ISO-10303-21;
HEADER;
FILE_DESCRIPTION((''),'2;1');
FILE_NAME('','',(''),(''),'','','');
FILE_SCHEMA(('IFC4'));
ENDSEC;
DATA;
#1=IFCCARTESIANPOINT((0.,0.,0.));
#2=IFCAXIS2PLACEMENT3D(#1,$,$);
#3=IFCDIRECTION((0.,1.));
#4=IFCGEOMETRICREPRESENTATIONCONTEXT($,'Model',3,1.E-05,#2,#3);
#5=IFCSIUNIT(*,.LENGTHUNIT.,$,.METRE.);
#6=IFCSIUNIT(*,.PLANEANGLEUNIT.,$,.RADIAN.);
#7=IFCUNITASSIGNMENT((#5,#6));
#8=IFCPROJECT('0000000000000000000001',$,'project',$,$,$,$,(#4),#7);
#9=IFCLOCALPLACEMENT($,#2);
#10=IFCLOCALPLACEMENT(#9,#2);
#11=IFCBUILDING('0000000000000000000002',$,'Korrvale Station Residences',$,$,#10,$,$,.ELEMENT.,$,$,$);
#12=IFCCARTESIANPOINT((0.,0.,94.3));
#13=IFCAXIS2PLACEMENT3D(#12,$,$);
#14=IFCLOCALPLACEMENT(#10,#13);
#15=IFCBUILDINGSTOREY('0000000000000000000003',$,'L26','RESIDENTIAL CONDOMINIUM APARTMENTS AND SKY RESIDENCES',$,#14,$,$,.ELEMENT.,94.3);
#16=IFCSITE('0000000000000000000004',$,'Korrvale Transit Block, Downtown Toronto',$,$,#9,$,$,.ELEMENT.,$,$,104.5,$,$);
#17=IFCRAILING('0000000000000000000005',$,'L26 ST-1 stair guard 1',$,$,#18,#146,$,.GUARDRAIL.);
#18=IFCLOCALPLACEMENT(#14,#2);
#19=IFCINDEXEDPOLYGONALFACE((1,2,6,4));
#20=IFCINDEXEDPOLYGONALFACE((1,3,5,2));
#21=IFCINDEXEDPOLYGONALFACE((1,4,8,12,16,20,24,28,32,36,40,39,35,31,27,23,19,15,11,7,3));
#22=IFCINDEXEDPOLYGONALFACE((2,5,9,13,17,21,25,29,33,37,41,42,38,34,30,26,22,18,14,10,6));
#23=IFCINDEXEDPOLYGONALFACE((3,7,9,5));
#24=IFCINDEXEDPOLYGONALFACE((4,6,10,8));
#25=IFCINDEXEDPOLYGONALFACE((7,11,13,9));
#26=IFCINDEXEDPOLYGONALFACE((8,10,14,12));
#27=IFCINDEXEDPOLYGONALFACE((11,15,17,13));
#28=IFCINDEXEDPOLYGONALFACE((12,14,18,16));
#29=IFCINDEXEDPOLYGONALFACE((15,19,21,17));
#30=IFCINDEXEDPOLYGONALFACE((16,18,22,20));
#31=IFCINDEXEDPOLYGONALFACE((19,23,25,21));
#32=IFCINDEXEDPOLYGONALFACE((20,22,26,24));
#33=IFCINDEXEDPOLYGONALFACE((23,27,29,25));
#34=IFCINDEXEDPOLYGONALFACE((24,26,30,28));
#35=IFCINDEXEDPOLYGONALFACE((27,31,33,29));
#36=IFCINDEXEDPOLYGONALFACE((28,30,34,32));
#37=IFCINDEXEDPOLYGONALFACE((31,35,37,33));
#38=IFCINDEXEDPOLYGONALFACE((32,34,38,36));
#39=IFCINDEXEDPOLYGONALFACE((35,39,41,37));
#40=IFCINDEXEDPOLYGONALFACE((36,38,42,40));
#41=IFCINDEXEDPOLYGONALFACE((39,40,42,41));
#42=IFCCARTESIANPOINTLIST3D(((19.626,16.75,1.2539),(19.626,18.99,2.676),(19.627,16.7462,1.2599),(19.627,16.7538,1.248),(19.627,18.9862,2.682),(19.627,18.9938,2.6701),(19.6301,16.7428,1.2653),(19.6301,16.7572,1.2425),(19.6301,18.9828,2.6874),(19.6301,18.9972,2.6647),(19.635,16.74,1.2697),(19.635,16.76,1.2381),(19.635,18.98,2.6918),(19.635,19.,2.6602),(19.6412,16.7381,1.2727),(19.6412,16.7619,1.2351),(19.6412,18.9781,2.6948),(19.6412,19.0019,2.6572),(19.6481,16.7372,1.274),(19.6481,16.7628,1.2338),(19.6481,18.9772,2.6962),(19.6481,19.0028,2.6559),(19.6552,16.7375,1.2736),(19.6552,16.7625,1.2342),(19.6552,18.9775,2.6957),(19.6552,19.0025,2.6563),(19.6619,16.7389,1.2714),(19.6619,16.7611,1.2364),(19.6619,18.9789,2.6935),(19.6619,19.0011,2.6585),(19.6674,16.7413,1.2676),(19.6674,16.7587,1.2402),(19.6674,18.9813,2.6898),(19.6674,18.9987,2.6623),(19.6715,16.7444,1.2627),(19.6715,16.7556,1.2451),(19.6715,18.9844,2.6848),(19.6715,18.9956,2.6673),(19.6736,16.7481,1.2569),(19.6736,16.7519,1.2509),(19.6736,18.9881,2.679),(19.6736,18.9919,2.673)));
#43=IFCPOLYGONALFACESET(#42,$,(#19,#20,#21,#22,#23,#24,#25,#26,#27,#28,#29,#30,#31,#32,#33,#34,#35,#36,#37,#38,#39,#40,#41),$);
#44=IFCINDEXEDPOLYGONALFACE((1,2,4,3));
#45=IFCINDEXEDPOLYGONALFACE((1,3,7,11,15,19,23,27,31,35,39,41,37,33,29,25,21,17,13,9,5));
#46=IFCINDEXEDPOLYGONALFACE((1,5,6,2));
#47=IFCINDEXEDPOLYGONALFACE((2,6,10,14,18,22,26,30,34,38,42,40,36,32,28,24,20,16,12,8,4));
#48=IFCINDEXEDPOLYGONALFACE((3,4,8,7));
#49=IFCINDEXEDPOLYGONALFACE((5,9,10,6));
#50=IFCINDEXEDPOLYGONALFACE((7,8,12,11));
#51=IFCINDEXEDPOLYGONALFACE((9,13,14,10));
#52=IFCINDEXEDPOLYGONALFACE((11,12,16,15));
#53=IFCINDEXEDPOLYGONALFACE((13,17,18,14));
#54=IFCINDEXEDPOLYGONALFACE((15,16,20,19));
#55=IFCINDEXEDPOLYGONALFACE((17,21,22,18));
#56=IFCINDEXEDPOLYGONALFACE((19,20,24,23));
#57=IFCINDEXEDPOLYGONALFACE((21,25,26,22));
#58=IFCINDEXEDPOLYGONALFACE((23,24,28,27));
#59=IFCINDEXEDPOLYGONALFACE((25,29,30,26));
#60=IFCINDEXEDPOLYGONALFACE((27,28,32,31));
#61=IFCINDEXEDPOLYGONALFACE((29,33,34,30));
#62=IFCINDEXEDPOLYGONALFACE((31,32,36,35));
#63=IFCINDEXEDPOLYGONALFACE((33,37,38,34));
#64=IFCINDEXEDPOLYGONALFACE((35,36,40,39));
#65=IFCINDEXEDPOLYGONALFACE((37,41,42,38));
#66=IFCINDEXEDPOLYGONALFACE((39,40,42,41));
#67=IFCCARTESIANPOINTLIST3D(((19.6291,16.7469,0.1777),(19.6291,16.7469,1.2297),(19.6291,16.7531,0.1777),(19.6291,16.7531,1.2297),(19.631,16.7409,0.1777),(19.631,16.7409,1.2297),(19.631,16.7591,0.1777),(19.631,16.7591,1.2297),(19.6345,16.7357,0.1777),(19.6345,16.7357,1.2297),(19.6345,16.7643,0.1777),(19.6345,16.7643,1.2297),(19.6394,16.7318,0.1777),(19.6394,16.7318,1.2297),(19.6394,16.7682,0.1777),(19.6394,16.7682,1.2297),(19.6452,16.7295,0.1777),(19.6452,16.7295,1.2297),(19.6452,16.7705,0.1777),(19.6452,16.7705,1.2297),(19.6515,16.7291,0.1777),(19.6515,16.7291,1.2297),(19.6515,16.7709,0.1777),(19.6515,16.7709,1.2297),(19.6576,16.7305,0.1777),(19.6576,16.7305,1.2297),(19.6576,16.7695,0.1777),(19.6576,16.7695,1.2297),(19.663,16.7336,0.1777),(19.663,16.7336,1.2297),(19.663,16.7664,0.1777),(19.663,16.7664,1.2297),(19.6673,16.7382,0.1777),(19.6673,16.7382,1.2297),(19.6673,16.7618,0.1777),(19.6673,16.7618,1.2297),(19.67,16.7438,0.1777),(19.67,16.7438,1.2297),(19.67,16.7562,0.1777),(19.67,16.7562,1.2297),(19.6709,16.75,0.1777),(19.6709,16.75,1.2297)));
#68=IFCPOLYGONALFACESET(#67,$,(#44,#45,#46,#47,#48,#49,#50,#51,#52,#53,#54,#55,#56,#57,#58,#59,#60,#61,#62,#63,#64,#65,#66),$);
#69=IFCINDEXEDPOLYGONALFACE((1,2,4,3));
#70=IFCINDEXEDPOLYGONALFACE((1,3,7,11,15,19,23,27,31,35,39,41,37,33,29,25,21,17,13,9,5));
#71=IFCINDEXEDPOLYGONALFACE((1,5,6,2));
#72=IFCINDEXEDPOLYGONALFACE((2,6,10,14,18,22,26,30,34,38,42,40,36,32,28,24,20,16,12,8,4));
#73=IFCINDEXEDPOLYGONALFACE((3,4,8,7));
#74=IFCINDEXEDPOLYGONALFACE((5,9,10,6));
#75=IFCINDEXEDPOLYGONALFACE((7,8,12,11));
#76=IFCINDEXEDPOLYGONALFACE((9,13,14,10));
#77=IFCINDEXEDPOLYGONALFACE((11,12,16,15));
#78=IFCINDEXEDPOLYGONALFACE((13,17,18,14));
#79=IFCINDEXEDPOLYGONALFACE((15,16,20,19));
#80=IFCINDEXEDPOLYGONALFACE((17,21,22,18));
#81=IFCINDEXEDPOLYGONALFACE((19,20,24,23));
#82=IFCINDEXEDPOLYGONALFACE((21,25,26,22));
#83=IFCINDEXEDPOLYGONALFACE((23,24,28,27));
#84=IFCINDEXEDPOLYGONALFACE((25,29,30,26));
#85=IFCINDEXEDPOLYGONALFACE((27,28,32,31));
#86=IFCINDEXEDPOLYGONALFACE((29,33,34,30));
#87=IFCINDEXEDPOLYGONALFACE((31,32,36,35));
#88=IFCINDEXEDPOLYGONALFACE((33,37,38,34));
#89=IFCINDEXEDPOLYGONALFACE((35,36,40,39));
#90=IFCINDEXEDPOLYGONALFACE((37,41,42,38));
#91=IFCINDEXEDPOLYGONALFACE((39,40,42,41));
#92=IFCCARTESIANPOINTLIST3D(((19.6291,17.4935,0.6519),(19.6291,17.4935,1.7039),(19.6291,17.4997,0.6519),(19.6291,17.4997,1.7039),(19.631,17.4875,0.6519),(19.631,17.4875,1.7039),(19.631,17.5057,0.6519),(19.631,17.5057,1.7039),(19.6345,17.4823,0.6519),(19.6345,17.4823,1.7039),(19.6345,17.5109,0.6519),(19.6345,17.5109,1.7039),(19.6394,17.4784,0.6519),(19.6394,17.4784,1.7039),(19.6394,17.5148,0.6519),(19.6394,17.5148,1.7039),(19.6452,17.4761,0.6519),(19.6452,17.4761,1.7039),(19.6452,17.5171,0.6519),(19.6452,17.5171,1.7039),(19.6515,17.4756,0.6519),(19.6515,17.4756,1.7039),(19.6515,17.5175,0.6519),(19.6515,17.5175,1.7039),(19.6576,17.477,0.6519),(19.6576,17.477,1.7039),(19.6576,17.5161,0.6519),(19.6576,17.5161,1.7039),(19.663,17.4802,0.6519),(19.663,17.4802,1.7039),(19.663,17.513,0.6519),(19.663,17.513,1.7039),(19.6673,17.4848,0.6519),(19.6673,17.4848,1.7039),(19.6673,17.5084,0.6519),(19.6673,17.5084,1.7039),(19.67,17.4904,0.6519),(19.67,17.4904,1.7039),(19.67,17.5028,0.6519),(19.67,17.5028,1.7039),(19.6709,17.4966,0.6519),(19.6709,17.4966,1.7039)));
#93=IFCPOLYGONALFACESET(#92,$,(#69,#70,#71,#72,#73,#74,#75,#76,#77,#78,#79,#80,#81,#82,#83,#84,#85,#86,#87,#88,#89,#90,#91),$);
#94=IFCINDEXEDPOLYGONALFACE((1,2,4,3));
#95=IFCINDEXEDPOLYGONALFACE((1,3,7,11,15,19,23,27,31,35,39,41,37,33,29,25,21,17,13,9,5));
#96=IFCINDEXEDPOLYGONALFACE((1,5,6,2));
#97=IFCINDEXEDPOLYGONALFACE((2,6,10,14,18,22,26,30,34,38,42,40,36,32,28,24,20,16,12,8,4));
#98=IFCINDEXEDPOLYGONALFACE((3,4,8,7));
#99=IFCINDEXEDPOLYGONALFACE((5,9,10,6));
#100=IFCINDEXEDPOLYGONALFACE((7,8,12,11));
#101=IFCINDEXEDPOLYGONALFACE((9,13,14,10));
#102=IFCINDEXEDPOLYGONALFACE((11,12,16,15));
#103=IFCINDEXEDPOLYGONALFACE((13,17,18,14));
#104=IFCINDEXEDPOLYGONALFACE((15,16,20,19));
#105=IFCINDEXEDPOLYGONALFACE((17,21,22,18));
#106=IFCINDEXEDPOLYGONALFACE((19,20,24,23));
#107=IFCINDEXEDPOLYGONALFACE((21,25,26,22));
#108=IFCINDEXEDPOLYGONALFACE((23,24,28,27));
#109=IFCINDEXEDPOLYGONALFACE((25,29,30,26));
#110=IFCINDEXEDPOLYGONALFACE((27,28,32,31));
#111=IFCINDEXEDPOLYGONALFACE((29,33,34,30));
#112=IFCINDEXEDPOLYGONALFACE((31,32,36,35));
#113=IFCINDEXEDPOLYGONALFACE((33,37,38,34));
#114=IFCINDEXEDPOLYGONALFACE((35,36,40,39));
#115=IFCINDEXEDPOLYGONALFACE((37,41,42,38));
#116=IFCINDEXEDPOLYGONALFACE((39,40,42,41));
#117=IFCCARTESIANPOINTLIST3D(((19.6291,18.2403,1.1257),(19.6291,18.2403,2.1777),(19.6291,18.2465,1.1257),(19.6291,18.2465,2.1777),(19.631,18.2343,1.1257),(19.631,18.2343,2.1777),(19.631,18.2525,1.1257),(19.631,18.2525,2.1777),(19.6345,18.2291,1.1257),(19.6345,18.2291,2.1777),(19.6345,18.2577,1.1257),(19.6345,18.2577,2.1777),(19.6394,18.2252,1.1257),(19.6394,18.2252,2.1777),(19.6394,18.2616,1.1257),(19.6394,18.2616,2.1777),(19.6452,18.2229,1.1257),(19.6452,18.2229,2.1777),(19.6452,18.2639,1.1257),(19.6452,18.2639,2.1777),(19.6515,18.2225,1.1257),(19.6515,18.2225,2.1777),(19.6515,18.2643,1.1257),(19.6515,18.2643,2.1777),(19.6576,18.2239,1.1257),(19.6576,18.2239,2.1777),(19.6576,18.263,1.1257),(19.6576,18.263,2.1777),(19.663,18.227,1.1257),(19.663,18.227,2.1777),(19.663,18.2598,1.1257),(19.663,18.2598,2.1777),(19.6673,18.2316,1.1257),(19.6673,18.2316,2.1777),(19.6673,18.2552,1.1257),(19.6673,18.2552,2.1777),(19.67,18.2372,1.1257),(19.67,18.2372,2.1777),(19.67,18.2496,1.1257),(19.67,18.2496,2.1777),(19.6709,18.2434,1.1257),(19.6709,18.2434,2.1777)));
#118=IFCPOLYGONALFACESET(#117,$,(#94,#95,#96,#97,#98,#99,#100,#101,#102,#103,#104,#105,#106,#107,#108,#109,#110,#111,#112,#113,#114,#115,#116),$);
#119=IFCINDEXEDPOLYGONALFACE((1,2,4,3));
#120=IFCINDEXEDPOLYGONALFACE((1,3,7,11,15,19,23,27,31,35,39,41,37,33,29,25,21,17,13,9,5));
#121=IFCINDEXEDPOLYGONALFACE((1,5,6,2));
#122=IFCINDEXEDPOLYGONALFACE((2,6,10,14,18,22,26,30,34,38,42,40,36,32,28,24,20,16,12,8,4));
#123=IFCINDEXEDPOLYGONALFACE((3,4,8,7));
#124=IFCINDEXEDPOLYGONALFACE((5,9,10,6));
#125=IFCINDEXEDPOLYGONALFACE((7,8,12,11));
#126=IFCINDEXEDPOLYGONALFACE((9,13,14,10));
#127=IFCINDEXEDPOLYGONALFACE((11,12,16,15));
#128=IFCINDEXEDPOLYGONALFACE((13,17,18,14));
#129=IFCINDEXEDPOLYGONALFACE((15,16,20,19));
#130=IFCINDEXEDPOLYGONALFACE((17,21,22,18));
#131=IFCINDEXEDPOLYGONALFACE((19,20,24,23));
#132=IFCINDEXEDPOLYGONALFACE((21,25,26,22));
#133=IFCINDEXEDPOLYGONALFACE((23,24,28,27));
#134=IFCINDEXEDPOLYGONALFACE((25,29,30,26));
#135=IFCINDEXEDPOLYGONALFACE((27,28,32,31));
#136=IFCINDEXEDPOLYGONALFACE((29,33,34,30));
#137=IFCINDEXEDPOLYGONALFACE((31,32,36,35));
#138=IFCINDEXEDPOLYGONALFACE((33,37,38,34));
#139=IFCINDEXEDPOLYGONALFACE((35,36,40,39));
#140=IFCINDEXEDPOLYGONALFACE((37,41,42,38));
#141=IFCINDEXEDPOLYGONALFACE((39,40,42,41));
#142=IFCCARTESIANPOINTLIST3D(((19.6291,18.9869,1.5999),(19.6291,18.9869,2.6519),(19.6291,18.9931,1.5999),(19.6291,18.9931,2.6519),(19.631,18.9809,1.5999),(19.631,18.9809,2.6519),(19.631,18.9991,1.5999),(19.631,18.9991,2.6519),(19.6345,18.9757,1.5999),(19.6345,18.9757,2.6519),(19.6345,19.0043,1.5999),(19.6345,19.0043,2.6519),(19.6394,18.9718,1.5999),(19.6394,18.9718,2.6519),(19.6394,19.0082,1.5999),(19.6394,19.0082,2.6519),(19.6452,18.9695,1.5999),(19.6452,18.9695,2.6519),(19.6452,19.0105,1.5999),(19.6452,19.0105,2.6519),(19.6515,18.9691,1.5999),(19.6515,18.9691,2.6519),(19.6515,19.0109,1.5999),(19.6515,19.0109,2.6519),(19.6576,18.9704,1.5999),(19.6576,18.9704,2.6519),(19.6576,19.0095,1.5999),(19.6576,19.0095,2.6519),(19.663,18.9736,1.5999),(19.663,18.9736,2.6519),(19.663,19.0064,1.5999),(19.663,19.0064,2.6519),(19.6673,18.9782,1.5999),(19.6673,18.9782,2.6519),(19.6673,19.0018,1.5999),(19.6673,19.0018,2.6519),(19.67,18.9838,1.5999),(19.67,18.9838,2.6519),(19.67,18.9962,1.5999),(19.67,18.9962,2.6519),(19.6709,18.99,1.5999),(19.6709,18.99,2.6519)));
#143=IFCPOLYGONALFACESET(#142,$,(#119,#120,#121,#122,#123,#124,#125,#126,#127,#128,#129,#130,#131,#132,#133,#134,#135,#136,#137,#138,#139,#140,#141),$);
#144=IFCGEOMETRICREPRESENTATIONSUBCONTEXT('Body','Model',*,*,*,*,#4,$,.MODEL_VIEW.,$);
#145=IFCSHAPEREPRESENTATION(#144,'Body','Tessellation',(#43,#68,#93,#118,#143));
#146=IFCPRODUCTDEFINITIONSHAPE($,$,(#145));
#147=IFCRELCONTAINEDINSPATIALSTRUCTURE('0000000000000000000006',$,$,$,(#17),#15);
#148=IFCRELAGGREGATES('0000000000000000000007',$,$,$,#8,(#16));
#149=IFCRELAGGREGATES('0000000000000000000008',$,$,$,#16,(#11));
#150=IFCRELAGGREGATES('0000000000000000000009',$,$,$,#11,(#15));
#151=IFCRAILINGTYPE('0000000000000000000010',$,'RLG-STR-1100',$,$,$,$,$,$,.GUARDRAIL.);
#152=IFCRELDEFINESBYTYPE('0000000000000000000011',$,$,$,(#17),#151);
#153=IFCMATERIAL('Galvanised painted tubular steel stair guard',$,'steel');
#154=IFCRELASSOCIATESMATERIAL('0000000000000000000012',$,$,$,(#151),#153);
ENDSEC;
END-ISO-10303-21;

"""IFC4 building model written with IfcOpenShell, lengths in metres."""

from ifc_helpers import new_model, si_unit, direction, frame, origin, origin_2d, place, context, subcontext, project, spatial, circle, extrude, material, type_object, element, save


model = new_model("IFC4")

# Units and contexts
model_context = context("Model", 3, precision=1e-05, world=origin(), true_north=direction((0.0, 1.0)))
body_context = subcontext(model_context, "Body", "Model", "MODEL_VIEW")
ifc_project = project(units=[si_unit("LENGTHUNIT", "METRE"), si_unit("PLANEANGLEUNIT", "RADIAN")], contexts=[model_context])

# Site, building, storey
site_placement = place(None, origin())
site = spatial("IfcSite", under=ifc_project, at=site_placement, Name="Korrvale Transit Block, Downtown Toronto", CompositionType="ELEMENT", RefElevation=104.5)
building_placement = place(site_placement, origin())
building = spatial("IfcBuilding", under=site, at=building_placement, Name="Korrvale Station Residences", CompositionType="ELEMENT")
storey_placement = place(building_placement, frame((0.0, 0.0, 94.3)))
storey = spatial("IfcBuildingStorey", under=building, at=storey_placement, Name="L26", Description="RESIDENTIAL CONDOMINIUM APARTMENTS AND SKY RESIDENCES", CompositionType="ELEMENT", Elevation=94.3)

# Railing
ifc_material_1 = material(Name="Galvanised painted tubular steel stair guard", Category="steel")
railing_type_1 = type_object("IfcRailingType", Name="RLG-STR-1100", PredefinedType="GUARDRAIL", material=ifc_material_1)
railing_1_placement = place(storey_placement, frame((19.6499, 16.75, 0.1777)))
element("IfcRailing", 1, at=railing_1_placement, inside=storey, type_object=railing_type_1, Name="L26 ST-1 stair guard 1", PredefinedType="GUARDRAIL", context=body_context, shape_type="SweptSolid", body=[
    extrude(circle(Radius=0.0239, at=origin_2d()), frame((0.0, 0.0, 1.0762), z_axis=(0.0, 0.844229, 0.535982), x_axis=(-1.0, 0.0, 0.0)), (0.0, 0.0, 1.0), 2.6533),
    extrude(circle(Radius=0.021, at=origin_2d()), origin(), (0.0, 0.0, 1.0), 1.052),
    extrude(circle(Radius=0.021, at=origin_2d()), frame((0.0, 0.7466, 0.4741)), (0.0, 0.0, 1.0), 1.052),
    extrude(circle(Radius=0.021, at=origin_2d()), frame((0.0, 1.4934, 0.948)), (0.0, 0.0, 1.0), 1.052),
    extrude(circle(Radius=0.021, at=origin_2d()), frame((0.0, 2.24, 1.4221)), (0.0, 0.0, 1.0), 1.052),
])

save(model, "model.ifc")
